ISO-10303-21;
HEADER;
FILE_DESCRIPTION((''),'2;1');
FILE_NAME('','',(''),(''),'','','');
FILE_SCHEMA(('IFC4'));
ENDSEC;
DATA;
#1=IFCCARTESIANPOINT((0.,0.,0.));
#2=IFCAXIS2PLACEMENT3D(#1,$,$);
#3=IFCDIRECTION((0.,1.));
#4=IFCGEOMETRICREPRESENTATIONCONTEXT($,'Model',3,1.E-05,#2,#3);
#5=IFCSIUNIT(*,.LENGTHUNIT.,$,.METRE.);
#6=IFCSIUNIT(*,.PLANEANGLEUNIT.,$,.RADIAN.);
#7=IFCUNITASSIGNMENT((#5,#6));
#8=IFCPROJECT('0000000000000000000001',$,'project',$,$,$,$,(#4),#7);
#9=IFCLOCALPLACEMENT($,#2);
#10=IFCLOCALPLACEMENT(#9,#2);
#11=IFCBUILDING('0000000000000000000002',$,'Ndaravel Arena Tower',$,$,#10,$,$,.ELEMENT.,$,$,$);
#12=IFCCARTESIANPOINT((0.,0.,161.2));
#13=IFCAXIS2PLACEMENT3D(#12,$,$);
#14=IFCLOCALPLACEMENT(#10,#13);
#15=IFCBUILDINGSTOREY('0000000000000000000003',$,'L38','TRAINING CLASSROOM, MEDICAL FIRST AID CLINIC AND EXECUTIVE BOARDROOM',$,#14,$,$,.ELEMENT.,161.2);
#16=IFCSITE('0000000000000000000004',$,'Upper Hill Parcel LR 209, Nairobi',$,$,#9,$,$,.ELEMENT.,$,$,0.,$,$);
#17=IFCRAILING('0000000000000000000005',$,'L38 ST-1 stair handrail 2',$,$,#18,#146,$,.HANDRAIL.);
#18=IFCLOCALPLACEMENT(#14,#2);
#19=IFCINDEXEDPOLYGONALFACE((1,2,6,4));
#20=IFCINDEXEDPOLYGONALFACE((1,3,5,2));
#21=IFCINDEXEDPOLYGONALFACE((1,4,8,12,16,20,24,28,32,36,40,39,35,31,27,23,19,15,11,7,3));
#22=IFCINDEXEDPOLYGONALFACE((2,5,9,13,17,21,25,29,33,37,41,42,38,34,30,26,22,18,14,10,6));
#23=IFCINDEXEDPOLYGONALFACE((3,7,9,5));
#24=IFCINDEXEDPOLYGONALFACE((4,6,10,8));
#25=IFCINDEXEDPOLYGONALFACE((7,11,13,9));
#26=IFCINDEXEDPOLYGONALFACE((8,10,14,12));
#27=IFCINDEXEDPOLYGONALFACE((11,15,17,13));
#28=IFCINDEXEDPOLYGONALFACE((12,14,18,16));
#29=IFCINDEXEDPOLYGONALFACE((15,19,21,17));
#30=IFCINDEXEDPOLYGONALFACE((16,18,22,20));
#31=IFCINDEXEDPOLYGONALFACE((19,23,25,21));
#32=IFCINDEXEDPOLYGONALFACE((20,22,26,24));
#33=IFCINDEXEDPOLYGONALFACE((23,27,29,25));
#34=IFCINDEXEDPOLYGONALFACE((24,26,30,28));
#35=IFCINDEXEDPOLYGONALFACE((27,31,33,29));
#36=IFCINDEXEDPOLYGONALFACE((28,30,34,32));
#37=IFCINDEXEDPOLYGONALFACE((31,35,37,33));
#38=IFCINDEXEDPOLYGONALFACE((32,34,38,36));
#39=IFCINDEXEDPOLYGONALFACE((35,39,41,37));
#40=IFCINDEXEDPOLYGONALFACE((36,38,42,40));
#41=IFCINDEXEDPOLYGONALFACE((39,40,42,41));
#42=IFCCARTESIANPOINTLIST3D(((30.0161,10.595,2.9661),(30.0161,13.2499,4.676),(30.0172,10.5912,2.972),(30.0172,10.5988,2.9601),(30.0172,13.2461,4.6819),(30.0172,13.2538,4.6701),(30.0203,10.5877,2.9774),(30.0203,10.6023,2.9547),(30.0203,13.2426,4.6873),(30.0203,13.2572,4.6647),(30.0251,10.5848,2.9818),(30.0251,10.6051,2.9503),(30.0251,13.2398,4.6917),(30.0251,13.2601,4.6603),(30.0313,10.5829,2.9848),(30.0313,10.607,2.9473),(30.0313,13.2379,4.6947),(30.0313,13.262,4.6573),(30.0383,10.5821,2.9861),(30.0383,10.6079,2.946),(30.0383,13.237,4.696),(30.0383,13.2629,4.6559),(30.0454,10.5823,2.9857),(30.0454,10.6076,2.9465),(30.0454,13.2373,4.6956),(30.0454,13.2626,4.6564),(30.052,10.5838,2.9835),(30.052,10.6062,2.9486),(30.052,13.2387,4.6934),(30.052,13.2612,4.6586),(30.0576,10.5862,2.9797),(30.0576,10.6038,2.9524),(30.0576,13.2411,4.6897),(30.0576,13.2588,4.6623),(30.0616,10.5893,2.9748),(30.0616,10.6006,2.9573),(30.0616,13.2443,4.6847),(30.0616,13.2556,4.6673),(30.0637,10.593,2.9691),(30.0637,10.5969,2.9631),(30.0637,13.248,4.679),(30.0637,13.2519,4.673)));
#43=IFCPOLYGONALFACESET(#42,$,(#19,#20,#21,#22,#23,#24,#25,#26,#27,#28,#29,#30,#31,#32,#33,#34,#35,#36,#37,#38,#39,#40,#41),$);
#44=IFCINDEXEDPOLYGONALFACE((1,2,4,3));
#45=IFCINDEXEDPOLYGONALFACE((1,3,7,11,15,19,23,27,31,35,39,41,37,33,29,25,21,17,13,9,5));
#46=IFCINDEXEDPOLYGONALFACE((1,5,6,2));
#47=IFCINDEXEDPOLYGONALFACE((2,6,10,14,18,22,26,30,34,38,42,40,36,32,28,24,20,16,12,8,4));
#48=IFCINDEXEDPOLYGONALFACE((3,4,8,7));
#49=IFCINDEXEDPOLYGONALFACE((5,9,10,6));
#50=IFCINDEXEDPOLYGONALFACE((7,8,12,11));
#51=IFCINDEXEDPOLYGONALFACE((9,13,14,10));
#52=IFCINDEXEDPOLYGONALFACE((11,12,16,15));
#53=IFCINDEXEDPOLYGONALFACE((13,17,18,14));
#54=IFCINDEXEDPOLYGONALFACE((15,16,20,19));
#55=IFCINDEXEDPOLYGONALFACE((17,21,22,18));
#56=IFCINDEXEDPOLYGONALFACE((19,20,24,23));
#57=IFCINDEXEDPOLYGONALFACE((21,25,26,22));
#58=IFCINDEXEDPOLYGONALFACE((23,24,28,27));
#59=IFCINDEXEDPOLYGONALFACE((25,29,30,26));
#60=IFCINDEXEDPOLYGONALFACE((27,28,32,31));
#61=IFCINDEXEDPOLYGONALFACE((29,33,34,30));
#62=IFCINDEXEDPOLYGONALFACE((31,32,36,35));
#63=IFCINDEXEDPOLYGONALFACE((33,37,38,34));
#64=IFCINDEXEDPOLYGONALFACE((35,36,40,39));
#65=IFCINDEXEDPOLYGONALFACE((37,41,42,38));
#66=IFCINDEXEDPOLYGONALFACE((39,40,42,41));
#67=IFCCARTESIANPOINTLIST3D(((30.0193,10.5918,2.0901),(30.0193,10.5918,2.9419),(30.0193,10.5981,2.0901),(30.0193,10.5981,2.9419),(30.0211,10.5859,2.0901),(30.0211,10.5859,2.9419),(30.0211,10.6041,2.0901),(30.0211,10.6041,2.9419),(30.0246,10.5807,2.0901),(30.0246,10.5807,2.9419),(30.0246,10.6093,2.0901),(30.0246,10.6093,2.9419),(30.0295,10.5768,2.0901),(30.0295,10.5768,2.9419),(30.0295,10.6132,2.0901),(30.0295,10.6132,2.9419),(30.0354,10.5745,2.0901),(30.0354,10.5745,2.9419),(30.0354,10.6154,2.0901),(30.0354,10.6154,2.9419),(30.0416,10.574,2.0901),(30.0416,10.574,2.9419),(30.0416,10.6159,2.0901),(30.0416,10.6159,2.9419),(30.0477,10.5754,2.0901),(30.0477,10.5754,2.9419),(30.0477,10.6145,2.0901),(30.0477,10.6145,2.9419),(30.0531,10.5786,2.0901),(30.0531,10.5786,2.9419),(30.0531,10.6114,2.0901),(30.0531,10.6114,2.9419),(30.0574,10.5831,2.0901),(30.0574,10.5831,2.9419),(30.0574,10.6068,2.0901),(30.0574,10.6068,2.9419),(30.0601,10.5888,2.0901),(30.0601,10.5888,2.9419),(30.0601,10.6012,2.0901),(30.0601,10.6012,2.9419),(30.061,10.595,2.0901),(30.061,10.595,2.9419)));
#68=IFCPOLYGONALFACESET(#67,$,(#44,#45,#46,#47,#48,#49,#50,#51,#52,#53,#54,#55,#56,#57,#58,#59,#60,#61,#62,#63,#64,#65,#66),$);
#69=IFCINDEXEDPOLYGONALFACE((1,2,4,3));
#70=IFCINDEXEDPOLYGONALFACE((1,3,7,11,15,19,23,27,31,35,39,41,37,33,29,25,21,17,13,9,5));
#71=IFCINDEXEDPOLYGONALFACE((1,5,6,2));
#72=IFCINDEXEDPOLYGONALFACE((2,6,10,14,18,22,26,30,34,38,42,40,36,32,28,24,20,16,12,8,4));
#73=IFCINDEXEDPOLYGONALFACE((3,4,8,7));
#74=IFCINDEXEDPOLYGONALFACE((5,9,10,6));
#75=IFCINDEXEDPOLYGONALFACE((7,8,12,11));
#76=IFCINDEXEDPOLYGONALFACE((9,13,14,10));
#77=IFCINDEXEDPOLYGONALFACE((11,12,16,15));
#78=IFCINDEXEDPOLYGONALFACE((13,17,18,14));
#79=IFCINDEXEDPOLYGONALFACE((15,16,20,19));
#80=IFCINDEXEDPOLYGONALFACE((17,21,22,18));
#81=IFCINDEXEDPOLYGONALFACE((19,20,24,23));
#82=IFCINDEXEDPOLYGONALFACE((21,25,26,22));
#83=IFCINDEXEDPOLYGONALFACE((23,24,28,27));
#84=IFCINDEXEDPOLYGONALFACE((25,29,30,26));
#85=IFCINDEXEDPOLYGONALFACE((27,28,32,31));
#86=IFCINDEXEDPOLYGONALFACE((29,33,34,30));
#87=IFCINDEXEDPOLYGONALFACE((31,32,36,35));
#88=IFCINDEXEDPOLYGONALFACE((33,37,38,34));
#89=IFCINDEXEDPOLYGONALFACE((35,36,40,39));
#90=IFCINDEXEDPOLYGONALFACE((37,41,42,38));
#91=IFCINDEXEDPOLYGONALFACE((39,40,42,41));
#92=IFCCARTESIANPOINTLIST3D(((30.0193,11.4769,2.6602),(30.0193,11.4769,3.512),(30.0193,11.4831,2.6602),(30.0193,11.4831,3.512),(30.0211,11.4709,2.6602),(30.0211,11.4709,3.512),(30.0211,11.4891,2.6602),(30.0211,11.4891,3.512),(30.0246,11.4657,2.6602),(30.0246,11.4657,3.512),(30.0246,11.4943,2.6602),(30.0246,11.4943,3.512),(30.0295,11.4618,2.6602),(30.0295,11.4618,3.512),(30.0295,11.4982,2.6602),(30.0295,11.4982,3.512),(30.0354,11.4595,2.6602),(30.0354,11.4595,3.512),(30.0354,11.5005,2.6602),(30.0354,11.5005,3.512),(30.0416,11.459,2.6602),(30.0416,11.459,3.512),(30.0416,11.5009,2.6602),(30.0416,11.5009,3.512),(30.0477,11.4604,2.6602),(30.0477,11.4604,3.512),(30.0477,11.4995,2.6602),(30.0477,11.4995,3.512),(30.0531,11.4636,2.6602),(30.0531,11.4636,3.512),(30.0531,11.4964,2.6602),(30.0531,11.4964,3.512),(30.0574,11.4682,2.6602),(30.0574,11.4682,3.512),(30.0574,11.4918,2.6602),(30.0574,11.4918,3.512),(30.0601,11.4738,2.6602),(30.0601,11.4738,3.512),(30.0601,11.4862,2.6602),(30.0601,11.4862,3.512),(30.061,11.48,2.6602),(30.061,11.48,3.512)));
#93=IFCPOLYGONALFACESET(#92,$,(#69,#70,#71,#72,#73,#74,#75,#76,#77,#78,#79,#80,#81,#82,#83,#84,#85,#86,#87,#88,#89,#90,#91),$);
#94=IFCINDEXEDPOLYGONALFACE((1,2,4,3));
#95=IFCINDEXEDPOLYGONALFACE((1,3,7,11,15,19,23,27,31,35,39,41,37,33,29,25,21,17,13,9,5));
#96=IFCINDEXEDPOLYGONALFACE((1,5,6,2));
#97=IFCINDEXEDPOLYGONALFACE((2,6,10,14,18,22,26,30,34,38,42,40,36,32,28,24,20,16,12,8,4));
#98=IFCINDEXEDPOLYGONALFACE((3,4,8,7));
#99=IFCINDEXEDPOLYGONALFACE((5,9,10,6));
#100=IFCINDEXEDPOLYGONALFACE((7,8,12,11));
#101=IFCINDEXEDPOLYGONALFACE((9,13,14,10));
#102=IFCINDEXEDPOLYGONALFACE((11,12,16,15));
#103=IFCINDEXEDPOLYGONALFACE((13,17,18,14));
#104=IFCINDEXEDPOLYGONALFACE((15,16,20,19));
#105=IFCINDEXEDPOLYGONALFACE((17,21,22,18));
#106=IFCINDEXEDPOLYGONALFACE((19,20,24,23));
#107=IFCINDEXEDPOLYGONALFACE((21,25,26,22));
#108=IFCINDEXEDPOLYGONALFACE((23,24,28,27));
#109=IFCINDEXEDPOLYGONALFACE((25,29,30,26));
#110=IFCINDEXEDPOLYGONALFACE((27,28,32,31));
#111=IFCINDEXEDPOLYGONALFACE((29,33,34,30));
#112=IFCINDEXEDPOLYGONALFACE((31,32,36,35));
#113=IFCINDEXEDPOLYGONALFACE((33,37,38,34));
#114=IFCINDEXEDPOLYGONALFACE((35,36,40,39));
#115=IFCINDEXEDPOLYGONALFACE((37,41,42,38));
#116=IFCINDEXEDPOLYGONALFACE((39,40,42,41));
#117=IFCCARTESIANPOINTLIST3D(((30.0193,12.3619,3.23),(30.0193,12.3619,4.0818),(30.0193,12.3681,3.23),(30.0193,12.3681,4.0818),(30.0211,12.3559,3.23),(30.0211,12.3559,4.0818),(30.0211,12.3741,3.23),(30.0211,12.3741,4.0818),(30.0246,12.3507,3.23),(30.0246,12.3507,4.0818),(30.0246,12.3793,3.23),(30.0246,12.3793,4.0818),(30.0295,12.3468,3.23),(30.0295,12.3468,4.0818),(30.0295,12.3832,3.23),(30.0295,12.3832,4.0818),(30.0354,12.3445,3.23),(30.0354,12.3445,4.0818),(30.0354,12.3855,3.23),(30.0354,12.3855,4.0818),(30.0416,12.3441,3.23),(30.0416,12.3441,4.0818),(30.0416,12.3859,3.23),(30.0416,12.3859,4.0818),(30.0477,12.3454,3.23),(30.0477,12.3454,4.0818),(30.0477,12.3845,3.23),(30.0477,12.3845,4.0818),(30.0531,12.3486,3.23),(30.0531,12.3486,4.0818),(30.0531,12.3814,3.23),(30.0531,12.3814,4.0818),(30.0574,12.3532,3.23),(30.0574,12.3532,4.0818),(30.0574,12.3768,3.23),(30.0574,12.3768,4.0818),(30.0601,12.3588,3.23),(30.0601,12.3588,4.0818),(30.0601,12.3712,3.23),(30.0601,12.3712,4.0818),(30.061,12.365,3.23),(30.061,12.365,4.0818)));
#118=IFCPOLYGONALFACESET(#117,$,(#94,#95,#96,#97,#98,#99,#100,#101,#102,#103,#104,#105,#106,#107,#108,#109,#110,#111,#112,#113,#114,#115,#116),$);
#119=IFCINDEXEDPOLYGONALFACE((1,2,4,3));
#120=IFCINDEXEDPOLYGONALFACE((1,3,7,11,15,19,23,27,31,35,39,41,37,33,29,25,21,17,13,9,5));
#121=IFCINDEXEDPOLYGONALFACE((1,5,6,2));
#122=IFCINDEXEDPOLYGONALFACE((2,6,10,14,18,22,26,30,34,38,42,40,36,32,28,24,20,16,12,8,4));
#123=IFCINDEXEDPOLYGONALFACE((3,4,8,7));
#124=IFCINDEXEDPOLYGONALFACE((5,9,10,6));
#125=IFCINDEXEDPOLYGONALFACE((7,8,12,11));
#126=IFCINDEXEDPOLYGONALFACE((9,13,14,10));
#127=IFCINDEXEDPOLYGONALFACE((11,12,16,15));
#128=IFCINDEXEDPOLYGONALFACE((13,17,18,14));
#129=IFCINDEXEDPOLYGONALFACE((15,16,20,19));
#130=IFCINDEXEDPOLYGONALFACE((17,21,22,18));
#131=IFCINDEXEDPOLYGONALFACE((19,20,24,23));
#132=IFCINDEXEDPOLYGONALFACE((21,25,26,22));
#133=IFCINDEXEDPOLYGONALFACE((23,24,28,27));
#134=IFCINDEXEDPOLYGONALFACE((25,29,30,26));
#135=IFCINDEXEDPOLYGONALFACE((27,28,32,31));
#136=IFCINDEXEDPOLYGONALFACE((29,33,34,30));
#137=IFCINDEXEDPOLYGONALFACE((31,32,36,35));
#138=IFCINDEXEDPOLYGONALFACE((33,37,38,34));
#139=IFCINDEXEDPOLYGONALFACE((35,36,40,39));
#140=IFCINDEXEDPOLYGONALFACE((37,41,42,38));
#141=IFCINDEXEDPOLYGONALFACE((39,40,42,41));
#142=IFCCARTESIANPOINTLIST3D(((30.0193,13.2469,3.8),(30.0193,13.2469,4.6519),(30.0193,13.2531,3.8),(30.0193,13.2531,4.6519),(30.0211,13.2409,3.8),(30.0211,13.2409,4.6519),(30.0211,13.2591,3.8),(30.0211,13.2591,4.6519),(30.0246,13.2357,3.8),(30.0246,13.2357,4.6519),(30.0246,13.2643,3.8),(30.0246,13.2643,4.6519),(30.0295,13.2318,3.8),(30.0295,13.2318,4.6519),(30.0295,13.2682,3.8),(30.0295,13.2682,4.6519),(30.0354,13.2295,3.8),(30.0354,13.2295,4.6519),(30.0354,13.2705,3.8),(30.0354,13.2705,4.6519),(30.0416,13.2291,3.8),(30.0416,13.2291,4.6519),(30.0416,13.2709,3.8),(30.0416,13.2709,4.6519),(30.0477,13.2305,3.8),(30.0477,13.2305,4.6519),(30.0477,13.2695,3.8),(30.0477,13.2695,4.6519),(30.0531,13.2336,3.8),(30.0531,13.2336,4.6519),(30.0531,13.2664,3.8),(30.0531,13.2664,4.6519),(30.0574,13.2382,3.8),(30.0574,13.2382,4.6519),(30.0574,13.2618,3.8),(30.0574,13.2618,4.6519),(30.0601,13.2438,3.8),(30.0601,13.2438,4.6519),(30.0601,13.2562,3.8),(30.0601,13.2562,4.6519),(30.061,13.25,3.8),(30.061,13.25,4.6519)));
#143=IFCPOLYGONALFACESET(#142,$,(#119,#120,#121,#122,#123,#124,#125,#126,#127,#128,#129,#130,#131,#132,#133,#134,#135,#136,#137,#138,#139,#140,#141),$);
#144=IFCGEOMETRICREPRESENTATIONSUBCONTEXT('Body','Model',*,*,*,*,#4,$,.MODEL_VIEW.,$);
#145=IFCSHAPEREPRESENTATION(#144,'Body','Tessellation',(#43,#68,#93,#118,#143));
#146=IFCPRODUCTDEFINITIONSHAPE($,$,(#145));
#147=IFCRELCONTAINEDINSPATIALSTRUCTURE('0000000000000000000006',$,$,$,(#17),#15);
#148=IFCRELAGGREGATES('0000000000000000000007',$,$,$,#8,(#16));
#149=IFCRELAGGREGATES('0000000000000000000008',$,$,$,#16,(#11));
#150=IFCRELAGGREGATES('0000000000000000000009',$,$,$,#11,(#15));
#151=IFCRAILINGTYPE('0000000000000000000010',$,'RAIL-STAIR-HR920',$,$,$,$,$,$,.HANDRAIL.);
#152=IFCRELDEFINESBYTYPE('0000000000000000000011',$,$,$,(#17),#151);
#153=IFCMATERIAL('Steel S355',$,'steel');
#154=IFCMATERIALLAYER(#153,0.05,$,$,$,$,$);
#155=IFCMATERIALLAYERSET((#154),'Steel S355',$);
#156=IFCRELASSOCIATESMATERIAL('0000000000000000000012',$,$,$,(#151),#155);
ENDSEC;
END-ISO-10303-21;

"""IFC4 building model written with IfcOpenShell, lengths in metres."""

from ifc_helpers import new_model, si_unit, direction, frame, origin, origin_2d, place, context, subcontext, project, spatial, circle, extrude, material, layer, layer_set, type_object, element, save


model = new_model("IFC4")

# Units and contexts
model_context = context("Model", 3, precision=1e-05, world=origin(), true_north=direction((0.0, 1.0)))
body_context = subcontext(model_context, "Body", "Model", "MODEL_VIEW")
ifc_project = project(units=[si_unit("LENGTHUNIT", "METRE"), si_unit("PLANEANGLEUNIT", "RADIAN")], contexts=[model_context])

# Site, building, storey
site_placement = place(None, origin())
site = spatial("IfcSite", under=ifc_project, at=site_placement, Name="Upper Hill Parcel LR 209, Nairobi", CompositionType="ELEMENT", RefElevation=0.0)
building_placement = place(site_placement, origin())
building = spatial("IfcBuilding", under=site, at=building_placement, Name="Ndaravel Arena Tower", CompositionType="ELEMENT")
storey_placement = place(building_placement, frame((0.0, 0.0, 161.2)))
storey = spatial("IfcBuildingStorey", under=building, at=storey_placement, Name="L38", Description="TRAINING CLASSROOM, MEDICAL FIRST AID CLINIC AND EXECUTIVE BOARDROOM", CompositionType="ELEMENT", Elevation=161.2)

# Railing
ifc_material_1 = material(Name="Steel S355", Category="steel")
ifc_layer_1 = layer(ifc_material_1, 0.05)
ifc_layer_set_1 = layer_set([ifc_layer_1], Name="Steel S355")
railing_type_1 = type_object("IfcRailingType", Name="RAIL-STAIR-HR920", PredefinedType="HANDRAIL", material=ifc_layer_set_1)
railing_1_placement = place(storey_placement, frame((30.04, 10.595, 2.0901)))
element("IfcRailing", 1, at=railing_1_placement, inside=storey, type_object=railing_type_1, Name="L38 ST-1 stair handrail 2", PredefinedType="HANDRAIL", context=body_context, shape_type="SweptSolid", body=[
    extrude(circle(Radius=0.0239, at=origin_2d()), frame((0.0, 0.0, 0.876), z_axis=(0.0, 0.840724, 0.541465), x_axis=(-1.0, 0.0, 0.0)), (0.0, 0.0, 1.0), 3.158),
    extrude(circle(Radius=0.021, at=origin_2d()), origin(), (0.0, 0.0, 1.0), 0.8518),
    extrude(circle(Radius=0.021, at=origin_2d()), frame((0.0, 0.885, 0.5701)), (0.0, 0.0, 1.0), 0.8518),
    extrude(circle(Radius=0.021, at=origin_2d()), frame((0.0, 1.77, 1.1399)), (0.0, 0.0, 1.0), 0.8518),
    extrude(circle(Radius=0.021, at=origin_2d()), frame((0.0, 2.655, 1.71)), (0.0, 0.0, 1.0), 0.8518),
])

save(model, "model.ifc")
